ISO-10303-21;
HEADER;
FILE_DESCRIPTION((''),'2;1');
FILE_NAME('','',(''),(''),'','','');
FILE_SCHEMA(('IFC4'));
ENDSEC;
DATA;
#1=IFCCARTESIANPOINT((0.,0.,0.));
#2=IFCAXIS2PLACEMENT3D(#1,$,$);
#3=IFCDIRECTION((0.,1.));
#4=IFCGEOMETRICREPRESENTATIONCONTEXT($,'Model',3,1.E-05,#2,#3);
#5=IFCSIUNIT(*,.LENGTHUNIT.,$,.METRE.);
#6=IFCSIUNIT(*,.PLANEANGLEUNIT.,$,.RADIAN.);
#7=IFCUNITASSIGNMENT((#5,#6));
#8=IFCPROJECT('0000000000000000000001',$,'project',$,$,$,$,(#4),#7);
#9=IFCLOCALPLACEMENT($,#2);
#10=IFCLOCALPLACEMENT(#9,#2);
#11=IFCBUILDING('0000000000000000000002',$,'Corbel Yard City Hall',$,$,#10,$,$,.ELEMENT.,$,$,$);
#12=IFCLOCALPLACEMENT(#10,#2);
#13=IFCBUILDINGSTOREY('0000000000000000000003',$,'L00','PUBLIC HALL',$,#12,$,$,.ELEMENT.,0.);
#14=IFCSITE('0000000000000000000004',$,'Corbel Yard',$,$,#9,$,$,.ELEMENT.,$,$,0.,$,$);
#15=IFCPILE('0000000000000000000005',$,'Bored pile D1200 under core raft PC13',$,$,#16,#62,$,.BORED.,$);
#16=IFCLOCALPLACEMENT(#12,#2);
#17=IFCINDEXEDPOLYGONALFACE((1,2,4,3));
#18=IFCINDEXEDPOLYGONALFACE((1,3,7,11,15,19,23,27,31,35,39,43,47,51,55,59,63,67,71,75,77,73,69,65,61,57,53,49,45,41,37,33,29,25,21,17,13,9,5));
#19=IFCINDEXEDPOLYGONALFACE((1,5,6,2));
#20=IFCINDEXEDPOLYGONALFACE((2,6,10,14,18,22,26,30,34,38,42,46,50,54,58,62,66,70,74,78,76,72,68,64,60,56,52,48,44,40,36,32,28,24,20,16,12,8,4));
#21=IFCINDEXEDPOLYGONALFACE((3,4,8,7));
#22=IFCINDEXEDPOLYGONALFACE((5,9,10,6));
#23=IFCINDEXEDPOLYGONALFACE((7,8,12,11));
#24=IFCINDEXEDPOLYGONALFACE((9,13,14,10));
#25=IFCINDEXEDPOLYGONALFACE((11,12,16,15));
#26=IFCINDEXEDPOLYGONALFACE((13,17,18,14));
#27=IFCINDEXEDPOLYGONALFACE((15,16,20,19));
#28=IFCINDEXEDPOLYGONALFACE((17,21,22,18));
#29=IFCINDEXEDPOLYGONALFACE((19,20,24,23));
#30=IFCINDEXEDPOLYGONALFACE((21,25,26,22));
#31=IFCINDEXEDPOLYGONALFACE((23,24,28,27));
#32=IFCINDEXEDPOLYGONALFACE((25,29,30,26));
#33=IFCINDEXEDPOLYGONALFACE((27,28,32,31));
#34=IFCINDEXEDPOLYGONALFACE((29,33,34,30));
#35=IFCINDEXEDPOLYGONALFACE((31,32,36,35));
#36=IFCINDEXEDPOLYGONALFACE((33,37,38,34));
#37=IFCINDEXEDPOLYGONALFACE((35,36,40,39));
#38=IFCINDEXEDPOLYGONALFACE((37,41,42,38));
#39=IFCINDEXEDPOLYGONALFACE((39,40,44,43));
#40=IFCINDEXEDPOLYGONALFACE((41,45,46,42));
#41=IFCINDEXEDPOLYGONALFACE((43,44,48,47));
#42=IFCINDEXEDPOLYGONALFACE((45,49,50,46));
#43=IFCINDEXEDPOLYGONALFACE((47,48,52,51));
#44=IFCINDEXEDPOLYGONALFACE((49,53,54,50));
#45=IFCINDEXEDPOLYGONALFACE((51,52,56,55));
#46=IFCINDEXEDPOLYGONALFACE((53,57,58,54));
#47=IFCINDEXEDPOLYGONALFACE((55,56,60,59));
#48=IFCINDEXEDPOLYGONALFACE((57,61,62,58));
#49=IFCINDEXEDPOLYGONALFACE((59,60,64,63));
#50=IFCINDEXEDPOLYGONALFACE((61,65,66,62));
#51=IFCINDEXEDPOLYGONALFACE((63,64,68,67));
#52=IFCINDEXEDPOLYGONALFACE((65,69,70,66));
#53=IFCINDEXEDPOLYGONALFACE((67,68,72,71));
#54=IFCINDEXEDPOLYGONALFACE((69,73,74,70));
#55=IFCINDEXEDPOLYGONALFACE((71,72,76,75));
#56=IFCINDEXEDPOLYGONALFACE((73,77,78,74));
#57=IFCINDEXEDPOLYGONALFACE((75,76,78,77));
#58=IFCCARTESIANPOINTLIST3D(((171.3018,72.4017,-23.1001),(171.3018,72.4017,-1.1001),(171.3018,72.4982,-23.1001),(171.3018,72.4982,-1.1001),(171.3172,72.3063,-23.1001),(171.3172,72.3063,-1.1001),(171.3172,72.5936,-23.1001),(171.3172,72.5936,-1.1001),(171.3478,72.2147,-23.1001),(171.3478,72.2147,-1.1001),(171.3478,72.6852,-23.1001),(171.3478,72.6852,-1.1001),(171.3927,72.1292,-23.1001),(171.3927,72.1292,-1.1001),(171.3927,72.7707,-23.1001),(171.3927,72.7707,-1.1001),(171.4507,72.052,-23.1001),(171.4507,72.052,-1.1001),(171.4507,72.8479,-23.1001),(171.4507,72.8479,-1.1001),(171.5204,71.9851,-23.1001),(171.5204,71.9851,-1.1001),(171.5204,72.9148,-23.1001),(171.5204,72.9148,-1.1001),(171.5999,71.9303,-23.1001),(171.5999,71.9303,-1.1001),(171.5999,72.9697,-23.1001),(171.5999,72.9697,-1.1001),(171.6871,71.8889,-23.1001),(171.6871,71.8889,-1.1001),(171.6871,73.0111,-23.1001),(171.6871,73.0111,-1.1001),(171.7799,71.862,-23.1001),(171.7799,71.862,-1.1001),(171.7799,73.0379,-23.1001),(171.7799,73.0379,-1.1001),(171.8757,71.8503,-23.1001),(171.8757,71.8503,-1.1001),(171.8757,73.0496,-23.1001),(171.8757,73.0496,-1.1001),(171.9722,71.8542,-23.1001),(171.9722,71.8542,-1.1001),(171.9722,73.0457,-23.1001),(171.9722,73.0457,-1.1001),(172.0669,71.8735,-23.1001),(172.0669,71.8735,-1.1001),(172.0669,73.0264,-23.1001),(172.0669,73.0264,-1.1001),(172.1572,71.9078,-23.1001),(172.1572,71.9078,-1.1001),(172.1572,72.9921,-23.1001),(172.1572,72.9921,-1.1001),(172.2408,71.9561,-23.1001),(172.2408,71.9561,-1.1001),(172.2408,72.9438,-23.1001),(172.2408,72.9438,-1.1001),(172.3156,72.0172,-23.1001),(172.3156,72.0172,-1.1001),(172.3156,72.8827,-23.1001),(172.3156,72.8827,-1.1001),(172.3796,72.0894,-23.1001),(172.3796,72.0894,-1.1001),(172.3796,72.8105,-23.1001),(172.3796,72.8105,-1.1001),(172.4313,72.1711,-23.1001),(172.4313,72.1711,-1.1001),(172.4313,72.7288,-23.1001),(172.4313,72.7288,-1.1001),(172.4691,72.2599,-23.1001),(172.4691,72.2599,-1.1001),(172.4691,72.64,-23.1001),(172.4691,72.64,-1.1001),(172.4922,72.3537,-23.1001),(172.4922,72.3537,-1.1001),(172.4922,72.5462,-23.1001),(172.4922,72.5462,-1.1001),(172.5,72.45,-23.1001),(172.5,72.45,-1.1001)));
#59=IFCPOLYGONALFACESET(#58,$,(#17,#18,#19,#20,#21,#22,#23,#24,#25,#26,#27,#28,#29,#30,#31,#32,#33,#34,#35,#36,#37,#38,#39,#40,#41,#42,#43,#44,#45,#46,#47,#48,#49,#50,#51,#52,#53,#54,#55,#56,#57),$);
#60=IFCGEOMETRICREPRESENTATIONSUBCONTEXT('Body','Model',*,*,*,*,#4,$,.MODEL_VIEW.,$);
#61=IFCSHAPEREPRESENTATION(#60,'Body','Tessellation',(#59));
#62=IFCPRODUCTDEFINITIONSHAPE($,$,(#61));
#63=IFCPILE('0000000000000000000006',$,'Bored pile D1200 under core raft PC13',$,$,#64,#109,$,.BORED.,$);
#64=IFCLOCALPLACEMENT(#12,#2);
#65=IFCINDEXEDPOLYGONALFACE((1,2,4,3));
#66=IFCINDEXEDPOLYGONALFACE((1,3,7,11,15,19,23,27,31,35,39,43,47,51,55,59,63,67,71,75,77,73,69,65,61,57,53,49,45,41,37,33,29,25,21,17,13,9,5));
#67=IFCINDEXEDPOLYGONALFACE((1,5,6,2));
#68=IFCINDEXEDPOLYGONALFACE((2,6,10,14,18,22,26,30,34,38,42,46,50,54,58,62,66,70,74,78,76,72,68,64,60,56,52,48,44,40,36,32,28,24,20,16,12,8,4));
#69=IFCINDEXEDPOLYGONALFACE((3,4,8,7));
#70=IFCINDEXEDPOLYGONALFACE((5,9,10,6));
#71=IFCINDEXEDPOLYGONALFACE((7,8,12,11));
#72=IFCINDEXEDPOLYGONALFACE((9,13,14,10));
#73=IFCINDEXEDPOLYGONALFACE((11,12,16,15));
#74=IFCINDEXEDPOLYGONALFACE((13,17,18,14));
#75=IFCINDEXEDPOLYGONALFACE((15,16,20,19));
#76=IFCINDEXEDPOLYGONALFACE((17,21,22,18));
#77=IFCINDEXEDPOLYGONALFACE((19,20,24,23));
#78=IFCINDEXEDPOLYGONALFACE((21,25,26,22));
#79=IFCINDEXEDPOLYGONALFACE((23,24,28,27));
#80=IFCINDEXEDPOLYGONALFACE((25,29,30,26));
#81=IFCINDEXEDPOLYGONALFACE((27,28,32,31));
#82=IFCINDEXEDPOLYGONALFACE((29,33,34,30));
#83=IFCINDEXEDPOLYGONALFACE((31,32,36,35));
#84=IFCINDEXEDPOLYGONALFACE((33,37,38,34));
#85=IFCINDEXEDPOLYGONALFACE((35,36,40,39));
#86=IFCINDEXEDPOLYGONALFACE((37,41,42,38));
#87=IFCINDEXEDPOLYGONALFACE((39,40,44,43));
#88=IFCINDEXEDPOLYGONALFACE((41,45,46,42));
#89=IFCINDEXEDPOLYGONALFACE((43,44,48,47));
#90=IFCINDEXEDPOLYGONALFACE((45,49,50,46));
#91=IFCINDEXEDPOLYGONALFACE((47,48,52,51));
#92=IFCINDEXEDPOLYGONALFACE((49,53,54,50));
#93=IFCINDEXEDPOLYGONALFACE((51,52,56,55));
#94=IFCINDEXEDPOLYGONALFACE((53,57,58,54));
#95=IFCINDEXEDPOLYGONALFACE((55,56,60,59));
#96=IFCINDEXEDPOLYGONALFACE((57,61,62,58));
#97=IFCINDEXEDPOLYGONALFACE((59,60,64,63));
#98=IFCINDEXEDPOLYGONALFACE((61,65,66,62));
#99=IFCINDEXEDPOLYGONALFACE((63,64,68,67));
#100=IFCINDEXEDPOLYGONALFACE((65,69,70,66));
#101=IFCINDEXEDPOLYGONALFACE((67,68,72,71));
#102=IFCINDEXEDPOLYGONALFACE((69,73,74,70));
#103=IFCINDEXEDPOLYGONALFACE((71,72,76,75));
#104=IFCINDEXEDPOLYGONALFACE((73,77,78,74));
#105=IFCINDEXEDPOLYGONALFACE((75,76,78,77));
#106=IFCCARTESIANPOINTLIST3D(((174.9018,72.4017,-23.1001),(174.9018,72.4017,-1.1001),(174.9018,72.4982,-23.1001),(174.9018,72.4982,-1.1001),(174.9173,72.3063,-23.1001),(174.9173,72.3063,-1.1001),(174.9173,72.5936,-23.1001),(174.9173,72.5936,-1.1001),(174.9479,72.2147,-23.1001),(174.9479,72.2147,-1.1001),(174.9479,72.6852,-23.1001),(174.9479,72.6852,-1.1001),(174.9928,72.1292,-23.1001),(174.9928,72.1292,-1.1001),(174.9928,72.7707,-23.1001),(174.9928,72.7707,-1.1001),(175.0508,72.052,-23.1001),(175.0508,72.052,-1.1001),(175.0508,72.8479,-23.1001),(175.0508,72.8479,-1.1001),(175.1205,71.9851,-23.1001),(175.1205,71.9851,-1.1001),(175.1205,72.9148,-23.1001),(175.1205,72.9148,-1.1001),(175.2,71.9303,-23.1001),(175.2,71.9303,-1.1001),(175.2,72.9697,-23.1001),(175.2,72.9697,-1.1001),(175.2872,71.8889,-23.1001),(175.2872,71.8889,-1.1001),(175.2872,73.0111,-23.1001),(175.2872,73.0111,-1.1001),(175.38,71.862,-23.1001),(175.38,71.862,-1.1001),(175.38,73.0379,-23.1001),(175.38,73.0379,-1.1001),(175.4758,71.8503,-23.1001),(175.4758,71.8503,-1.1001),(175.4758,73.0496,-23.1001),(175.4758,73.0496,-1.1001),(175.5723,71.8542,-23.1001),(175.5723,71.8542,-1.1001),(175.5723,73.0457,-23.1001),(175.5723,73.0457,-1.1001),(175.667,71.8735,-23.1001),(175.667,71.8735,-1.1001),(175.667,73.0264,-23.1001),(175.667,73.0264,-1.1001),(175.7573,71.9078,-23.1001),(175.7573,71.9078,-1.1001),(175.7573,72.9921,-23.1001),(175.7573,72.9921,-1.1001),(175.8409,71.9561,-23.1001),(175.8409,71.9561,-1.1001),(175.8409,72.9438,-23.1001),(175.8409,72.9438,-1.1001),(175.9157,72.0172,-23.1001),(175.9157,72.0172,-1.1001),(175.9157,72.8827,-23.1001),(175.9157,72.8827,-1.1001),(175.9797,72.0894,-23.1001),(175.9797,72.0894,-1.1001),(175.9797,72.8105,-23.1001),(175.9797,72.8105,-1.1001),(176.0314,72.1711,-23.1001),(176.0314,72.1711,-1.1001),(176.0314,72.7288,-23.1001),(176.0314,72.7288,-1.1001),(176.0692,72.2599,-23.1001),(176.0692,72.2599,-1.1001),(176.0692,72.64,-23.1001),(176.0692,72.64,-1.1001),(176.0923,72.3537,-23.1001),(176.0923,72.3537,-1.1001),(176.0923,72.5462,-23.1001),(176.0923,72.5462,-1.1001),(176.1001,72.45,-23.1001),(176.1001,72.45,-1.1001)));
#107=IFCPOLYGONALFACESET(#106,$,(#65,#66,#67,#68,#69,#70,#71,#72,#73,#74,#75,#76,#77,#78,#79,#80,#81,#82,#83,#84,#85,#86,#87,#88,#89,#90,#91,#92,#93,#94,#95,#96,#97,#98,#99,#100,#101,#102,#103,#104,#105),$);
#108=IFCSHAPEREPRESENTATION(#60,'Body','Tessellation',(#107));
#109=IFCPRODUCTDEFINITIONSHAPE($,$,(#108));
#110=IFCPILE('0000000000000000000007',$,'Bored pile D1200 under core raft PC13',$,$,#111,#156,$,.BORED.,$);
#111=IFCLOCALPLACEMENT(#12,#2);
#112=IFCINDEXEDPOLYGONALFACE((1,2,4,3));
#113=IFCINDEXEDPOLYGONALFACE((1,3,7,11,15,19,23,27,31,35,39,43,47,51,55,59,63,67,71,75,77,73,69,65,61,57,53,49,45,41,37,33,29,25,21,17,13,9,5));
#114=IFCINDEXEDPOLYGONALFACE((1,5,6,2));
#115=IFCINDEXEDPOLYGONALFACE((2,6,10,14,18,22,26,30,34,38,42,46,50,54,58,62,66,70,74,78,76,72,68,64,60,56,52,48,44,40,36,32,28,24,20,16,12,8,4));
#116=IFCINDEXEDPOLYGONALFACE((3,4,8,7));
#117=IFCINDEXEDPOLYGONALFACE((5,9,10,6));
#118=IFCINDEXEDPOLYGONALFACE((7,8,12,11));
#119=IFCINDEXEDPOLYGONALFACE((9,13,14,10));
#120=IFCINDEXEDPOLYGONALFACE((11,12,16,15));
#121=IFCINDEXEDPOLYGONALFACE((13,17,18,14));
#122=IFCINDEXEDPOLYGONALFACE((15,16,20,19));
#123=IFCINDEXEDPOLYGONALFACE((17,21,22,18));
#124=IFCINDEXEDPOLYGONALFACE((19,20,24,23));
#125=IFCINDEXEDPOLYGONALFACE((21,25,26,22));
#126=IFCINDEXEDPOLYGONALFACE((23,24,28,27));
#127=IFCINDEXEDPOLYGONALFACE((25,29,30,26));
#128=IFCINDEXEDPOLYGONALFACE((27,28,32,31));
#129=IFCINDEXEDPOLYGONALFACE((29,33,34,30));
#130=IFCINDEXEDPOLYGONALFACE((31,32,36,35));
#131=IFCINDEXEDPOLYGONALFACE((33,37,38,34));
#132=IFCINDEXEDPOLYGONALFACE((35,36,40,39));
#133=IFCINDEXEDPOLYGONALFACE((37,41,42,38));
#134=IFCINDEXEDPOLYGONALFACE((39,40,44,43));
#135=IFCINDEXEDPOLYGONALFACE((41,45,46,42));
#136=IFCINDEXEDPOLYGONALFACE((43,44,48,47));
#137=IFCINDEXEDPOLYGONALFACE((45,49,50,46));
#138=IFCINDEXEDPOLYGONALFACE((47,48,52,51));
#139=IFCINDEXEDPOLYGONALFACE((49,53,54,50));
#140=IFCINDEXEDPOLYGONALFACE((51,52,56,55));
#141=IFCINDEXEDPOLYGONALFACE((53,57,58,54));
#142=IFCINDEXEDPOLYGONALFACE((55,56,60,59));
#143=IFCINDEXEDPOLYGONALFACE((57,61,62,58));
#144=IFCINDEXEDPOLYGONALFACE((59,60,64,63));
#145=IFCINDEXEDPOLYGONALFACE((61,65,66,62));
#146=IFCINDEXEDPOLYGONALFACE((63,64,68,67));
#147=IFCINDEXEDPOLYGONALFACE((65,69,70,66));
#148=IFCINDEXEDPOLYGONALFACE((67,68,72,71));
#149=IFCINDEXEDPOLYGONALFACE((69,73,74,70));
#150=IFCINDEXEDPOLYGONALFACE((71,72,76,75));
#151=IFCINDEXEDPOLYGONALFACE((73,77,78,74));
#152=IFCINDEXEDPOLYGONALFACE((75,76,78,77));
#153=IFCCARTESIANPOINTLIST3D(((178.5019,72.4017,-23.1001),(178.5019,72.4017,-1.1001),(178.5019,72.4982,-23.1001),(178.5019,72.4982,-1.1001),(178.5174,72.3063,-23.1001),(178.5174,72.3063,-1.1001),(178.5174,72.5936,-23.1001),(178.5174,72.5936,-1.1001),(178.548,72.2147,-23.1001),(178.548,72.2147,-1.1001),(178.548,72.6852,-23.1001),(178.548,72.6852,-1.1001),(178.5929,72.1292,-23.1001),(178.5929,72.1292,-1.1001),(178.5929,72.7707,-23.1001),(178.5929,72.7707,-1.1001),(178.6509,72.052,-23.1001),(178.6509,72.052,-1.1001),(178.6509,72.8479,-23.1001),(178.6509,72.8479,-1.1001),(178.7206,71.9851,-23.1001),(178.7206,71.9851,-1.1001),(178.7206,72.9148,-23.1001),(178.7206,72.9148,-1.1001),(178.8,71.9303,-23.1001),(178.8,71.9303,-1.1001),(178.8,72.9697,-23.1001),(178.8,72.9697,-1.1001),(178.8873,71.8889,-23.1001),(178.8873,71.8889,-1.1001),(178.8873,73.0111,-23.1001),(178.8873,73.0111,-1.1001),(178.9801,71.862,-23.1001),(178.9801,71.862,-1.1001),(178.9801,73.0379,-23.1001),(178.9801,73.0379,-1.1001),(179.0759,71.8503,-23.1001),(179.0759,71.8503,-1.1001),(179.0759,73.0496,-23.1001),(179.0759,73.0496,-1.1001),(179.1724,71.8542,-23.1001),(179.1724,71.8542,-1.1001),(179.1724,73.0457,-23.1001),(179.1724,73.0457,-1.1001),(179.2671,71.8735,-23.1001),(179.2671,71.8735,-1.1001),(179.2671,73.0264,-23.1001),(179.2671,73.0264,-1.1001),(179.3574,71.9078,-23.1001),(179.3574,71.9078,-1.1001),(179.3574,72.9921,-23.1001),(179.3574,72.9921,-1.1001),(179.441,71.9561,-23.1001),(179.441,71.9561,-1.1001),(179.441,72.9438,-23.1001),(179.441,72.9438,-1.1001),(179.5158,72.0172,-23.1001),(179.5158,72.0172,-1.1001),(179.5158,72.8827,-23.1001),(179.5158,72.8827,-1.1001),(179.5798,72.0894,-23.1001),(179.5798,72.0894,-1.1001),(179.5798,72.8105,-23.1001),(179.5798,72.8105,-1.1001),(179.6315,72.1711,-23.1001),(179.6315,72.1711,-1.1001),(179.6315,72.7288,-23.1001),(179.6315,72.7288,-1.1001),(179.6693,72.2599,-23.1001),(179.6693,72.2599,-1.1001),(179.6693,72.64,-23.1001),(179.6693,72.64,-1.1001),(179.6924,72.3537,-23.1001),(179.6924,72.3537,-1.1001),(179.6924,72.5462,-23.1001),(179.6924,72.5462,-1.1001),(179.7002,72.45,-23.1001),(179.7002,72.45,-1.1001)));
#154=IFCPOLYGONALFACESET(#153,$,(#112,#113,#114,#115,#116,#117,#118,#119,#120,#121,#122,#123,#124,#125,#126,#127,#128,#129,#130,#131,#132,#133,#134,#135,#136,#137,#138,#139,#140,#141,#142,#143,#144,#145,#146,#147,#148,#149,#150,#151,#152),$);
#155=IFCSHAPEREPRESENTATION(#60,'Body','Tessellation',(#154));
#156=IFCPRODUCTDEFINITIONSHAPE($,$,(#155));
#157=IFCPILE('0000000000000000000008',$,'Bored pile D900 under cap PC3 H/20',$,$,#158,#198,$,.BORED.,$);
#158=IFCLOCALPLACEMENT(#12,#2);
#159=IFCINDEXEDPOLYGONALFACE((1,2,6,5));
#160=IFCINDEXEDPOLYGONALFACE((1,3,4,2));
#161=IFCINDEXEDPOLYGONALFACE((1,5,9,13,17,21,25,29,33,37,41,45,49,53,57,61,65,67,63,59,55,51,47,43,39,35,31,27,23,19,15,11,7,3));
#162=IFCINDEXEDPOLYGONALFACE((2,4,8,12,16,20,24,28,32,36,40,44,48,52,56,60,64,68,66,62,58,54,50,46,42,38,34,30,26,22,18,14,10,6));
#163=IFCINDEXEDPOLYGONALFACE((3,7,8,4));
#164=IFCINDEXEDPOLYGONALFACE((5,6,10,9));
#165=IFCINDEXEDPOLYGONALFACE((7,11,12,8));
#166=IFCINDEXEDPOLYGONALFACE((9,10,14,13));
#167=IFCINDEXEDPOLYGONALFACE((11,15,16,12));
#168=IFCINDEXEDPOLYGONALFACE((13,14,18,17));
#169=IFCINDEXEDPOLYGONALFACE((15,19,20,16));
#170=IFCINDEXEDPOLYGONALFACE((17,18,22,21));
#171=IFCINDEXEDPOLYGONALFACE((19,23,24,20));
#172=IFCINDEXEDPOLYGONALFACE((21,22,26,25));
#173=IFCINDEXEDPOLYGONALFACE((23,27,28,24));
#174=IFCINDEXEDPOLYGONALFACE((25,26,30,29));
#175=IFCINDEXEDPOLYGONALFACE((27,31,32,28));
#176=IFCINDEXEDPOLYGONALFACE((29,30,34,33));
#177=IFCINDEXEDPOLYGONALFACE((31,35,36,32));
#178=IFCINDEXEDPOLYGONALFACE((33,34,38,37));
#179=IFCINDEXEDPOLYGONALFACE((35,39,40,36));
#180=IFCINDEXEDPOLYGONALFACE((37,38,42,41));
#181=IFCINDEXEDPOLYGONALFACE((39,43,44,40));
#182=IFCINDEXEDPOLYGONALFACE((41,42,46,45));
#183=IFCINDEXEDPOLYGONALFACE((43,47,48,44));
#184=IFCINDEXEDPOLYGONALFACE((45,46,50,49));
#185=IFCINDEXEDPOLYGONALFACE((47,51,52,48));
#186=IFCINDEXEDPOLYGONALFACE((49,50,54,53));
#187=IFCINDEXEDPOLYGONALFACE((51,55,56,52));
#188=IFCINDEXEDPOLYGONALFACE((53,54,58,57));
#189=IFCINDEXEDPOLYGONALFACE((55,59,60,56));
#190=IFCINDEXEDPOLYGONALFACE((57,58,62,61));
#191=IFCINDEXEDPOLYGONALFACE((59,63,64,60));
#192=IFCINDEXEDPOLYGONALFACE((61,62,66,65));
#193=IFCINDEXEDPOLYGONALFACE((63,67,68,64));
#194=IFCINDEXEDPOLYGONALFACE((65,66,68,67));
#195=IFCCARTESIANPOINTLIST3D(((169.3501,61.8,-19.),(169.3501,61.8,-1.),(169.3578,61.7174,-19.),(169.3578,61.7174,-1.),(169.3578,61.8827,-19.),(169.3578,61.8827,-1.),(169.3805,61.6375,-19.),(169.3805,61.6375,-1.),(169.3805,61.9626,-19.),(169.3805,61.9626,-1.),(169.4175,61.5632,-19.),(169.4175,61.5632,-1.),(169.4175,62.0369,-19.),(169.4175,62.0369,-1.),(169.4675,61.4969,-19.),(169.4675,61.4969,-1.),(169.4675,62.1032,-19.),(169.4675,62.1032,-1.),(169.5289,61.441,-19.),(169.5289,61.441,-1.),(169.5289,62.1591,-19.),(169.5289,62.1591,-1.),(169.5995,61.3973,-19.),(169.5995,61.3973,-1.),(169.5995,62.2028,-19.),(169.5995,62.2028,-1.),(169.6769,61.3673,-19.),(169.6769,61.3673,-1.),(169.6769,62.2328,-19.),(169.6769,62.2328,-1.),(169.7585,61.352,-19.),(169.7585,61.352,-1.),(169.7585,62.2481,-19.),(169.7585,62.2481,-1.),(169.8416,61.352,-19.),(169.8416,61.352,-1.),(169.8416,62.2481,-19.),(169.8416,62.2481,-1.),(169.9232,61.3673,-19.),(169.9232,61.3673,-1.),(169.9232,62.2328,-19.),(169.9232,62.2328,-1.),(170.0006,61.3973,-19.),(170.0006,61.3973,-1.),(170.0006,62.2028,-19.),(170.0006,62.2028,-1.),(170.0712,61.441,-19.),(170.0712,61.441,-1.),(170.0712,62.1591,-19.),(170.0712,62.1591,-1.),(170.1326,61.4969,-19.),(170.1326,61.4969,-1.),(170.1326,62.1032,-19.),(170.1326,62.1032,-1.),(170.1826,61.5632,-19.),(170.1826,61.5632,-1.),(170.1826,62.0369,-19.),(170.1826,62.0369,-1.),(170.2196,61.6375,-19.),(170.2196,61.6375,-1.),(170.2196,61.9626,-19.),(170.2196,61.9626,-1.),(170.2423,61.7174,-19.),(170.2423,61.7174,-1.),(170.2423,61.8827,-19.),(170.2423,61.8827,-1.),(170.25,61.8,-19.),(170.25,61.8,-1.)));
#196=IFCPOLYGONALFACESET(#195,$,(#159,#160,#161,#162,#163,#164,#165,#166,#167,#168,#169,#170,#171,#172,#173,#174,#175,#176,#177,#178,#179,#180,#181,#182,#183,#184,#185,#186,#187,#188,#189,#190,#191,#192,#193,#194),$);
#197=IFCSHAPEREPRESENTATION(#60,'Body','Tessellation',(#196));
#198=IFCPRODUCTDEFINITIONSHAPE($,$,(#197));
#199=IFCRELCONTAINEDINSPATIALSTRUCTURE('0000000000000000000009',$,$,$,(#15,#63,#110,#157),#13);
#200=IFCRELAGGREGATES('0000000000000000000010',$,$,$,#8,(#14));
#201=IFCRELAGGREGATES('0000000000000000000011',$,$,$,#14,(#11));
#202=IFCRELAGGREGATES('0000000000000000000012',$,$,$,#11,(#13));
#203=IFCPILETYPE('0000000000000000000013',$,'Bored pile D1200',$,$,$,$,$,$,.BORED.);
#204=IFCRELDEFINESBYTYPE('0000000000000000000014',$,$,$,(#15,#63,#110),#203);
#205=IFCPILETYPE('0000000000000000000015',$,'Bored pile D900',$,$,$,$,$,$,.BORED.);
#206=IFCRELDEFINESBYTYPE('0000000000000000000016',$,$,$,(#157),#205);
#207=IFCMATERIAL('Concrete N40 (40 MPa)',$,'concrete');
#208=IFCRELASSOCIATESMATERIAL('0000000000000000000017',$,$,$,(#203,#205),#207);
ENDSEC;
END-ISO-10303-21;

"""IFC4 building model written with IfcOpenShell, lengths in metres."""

from ifc_helpers import new_model, si_unit, direction, frame, origin, origin_2d, place, context, subcontext, project, spatial, circle, extrude, material, material_profile, profile_set, type_object, element, save


model = new_model("IFC4")

# Units and contexts
model_context = context("Model", 3, precision=1e-05, world=origin(), true_north=direction((0.0, 1.0)))
body_context = subcontext(model_context, "Body", "Model", "MODEL_VIEW")
ifc_project = project(units=[si_unit("LENGTHUNIT", "METRE"), si_unit("PLANEANGLEUNIT", "RADIAN")], contexts=[model_context])

# Site, building, storey
site_placement = place(None, origin())
site = spatial("IfcSite", under=ifc_project, at=site_placement, Name="Corbel Yard", CompositionType="ELEMENT", RefElevation=0.0)
building_placement = place(site_placement, origin())
building = spatial("IfcBuilding", under=site, at=building_placement, Name="Corbel Yard City Hall", CompositionType="ELEMENT")
storey_placement = place(building_placement, origin())
storey = spatial("IfcBuildingStorey", under=building, at=storey_placement, Name="L00", Description="PUBLIC HALL", CompositionType="ELEMENT", Elevation=0.0)

# Piles
ifc_material_1 = material(Name="Concrete N40 (40 MPa)", Category="concrete")
ifc_material_profile_1 = material_profile(ifc_material_1, circle(Radius=0.6001, at=origin_2d()), Name="D1200")
ifc_profile_set_1 = profile_set([ifc_material_profile_1], Name="Concrete N40 (40 MPa)")
pile_type_1 = type_object("IfcPileType", Name="Bored pile D1200", PredefinedType="BORED", material=ifc_profile_set_1)
for number, where, z_axis, x_axis, name in (
    (1, (171.8999, 72.45, -1.1001), (0.0, 0.0, -1.0), (1.0, 0.0, 0.0), "Bored pile D1200 under core raft PC13"),
    (2, (175.5, 72.45, -1.1001), (0.0, 0.0, -1.0), (1.0, 0.0, 0.0), "Bored pile D1200 under core raft PC13"),
    (3, (179.1001, 72.45, -1.1001), (0.0, 0.0, -1.0), (1.0, 0.0, 0.0), "Bored pile D1200 under core raft PC13"),
):
    element("IfcPile", number, at=place(storey_placement, frame(where, z_axis=z_axis, x_axis=x_axis)), inside=storey, type_object=pile_type_1, Name=name, PredefinedType="BORED", context=body_context, shape_type="SweptSolid", body=[
        extrude(circle(Radius=0.6001, at=origin_2d()), origin(), (0.0, 0.0, 1.0), 22.0),
    ])
ifc_material_profile_2 = material_profile(ifc_material_1, circle(Radius=0.45, at=origin_2d()), Name="D900")
ifc_profile_set_2 = profile_set([ifc_material_profile_2], Name="Concrete N40 (40 MPa)")
pile_type_2 = type_object("IfcPileType", Name="Bored pile D900", PredefinedType="BORED", material=ifc_profile_set_2)
for number, where, z_axis, x_axis, name in (
    (4, (169.8, 61.8, -1.0), (0.0, 0.0, -1.0), (1.0, 0.0, 0.0), "Bored pile D900 under cap PC3 H/20"),
):
    element("IfcPile", number, at=place(storey_placement, frame(where, z_axis=z_axis, x_axis=x_axis)), inside=storey, type_object=pile_type_2, Name=name, PredefinedType="BORED", context=body_context, shape_type="SweptSolid", body=[
        extrude(circle(Radius=0.45, at=origin_2d()), origin(), (0.0, 0.0, 1.0), 18.0),
    ])

save(model, "model.ifc")
